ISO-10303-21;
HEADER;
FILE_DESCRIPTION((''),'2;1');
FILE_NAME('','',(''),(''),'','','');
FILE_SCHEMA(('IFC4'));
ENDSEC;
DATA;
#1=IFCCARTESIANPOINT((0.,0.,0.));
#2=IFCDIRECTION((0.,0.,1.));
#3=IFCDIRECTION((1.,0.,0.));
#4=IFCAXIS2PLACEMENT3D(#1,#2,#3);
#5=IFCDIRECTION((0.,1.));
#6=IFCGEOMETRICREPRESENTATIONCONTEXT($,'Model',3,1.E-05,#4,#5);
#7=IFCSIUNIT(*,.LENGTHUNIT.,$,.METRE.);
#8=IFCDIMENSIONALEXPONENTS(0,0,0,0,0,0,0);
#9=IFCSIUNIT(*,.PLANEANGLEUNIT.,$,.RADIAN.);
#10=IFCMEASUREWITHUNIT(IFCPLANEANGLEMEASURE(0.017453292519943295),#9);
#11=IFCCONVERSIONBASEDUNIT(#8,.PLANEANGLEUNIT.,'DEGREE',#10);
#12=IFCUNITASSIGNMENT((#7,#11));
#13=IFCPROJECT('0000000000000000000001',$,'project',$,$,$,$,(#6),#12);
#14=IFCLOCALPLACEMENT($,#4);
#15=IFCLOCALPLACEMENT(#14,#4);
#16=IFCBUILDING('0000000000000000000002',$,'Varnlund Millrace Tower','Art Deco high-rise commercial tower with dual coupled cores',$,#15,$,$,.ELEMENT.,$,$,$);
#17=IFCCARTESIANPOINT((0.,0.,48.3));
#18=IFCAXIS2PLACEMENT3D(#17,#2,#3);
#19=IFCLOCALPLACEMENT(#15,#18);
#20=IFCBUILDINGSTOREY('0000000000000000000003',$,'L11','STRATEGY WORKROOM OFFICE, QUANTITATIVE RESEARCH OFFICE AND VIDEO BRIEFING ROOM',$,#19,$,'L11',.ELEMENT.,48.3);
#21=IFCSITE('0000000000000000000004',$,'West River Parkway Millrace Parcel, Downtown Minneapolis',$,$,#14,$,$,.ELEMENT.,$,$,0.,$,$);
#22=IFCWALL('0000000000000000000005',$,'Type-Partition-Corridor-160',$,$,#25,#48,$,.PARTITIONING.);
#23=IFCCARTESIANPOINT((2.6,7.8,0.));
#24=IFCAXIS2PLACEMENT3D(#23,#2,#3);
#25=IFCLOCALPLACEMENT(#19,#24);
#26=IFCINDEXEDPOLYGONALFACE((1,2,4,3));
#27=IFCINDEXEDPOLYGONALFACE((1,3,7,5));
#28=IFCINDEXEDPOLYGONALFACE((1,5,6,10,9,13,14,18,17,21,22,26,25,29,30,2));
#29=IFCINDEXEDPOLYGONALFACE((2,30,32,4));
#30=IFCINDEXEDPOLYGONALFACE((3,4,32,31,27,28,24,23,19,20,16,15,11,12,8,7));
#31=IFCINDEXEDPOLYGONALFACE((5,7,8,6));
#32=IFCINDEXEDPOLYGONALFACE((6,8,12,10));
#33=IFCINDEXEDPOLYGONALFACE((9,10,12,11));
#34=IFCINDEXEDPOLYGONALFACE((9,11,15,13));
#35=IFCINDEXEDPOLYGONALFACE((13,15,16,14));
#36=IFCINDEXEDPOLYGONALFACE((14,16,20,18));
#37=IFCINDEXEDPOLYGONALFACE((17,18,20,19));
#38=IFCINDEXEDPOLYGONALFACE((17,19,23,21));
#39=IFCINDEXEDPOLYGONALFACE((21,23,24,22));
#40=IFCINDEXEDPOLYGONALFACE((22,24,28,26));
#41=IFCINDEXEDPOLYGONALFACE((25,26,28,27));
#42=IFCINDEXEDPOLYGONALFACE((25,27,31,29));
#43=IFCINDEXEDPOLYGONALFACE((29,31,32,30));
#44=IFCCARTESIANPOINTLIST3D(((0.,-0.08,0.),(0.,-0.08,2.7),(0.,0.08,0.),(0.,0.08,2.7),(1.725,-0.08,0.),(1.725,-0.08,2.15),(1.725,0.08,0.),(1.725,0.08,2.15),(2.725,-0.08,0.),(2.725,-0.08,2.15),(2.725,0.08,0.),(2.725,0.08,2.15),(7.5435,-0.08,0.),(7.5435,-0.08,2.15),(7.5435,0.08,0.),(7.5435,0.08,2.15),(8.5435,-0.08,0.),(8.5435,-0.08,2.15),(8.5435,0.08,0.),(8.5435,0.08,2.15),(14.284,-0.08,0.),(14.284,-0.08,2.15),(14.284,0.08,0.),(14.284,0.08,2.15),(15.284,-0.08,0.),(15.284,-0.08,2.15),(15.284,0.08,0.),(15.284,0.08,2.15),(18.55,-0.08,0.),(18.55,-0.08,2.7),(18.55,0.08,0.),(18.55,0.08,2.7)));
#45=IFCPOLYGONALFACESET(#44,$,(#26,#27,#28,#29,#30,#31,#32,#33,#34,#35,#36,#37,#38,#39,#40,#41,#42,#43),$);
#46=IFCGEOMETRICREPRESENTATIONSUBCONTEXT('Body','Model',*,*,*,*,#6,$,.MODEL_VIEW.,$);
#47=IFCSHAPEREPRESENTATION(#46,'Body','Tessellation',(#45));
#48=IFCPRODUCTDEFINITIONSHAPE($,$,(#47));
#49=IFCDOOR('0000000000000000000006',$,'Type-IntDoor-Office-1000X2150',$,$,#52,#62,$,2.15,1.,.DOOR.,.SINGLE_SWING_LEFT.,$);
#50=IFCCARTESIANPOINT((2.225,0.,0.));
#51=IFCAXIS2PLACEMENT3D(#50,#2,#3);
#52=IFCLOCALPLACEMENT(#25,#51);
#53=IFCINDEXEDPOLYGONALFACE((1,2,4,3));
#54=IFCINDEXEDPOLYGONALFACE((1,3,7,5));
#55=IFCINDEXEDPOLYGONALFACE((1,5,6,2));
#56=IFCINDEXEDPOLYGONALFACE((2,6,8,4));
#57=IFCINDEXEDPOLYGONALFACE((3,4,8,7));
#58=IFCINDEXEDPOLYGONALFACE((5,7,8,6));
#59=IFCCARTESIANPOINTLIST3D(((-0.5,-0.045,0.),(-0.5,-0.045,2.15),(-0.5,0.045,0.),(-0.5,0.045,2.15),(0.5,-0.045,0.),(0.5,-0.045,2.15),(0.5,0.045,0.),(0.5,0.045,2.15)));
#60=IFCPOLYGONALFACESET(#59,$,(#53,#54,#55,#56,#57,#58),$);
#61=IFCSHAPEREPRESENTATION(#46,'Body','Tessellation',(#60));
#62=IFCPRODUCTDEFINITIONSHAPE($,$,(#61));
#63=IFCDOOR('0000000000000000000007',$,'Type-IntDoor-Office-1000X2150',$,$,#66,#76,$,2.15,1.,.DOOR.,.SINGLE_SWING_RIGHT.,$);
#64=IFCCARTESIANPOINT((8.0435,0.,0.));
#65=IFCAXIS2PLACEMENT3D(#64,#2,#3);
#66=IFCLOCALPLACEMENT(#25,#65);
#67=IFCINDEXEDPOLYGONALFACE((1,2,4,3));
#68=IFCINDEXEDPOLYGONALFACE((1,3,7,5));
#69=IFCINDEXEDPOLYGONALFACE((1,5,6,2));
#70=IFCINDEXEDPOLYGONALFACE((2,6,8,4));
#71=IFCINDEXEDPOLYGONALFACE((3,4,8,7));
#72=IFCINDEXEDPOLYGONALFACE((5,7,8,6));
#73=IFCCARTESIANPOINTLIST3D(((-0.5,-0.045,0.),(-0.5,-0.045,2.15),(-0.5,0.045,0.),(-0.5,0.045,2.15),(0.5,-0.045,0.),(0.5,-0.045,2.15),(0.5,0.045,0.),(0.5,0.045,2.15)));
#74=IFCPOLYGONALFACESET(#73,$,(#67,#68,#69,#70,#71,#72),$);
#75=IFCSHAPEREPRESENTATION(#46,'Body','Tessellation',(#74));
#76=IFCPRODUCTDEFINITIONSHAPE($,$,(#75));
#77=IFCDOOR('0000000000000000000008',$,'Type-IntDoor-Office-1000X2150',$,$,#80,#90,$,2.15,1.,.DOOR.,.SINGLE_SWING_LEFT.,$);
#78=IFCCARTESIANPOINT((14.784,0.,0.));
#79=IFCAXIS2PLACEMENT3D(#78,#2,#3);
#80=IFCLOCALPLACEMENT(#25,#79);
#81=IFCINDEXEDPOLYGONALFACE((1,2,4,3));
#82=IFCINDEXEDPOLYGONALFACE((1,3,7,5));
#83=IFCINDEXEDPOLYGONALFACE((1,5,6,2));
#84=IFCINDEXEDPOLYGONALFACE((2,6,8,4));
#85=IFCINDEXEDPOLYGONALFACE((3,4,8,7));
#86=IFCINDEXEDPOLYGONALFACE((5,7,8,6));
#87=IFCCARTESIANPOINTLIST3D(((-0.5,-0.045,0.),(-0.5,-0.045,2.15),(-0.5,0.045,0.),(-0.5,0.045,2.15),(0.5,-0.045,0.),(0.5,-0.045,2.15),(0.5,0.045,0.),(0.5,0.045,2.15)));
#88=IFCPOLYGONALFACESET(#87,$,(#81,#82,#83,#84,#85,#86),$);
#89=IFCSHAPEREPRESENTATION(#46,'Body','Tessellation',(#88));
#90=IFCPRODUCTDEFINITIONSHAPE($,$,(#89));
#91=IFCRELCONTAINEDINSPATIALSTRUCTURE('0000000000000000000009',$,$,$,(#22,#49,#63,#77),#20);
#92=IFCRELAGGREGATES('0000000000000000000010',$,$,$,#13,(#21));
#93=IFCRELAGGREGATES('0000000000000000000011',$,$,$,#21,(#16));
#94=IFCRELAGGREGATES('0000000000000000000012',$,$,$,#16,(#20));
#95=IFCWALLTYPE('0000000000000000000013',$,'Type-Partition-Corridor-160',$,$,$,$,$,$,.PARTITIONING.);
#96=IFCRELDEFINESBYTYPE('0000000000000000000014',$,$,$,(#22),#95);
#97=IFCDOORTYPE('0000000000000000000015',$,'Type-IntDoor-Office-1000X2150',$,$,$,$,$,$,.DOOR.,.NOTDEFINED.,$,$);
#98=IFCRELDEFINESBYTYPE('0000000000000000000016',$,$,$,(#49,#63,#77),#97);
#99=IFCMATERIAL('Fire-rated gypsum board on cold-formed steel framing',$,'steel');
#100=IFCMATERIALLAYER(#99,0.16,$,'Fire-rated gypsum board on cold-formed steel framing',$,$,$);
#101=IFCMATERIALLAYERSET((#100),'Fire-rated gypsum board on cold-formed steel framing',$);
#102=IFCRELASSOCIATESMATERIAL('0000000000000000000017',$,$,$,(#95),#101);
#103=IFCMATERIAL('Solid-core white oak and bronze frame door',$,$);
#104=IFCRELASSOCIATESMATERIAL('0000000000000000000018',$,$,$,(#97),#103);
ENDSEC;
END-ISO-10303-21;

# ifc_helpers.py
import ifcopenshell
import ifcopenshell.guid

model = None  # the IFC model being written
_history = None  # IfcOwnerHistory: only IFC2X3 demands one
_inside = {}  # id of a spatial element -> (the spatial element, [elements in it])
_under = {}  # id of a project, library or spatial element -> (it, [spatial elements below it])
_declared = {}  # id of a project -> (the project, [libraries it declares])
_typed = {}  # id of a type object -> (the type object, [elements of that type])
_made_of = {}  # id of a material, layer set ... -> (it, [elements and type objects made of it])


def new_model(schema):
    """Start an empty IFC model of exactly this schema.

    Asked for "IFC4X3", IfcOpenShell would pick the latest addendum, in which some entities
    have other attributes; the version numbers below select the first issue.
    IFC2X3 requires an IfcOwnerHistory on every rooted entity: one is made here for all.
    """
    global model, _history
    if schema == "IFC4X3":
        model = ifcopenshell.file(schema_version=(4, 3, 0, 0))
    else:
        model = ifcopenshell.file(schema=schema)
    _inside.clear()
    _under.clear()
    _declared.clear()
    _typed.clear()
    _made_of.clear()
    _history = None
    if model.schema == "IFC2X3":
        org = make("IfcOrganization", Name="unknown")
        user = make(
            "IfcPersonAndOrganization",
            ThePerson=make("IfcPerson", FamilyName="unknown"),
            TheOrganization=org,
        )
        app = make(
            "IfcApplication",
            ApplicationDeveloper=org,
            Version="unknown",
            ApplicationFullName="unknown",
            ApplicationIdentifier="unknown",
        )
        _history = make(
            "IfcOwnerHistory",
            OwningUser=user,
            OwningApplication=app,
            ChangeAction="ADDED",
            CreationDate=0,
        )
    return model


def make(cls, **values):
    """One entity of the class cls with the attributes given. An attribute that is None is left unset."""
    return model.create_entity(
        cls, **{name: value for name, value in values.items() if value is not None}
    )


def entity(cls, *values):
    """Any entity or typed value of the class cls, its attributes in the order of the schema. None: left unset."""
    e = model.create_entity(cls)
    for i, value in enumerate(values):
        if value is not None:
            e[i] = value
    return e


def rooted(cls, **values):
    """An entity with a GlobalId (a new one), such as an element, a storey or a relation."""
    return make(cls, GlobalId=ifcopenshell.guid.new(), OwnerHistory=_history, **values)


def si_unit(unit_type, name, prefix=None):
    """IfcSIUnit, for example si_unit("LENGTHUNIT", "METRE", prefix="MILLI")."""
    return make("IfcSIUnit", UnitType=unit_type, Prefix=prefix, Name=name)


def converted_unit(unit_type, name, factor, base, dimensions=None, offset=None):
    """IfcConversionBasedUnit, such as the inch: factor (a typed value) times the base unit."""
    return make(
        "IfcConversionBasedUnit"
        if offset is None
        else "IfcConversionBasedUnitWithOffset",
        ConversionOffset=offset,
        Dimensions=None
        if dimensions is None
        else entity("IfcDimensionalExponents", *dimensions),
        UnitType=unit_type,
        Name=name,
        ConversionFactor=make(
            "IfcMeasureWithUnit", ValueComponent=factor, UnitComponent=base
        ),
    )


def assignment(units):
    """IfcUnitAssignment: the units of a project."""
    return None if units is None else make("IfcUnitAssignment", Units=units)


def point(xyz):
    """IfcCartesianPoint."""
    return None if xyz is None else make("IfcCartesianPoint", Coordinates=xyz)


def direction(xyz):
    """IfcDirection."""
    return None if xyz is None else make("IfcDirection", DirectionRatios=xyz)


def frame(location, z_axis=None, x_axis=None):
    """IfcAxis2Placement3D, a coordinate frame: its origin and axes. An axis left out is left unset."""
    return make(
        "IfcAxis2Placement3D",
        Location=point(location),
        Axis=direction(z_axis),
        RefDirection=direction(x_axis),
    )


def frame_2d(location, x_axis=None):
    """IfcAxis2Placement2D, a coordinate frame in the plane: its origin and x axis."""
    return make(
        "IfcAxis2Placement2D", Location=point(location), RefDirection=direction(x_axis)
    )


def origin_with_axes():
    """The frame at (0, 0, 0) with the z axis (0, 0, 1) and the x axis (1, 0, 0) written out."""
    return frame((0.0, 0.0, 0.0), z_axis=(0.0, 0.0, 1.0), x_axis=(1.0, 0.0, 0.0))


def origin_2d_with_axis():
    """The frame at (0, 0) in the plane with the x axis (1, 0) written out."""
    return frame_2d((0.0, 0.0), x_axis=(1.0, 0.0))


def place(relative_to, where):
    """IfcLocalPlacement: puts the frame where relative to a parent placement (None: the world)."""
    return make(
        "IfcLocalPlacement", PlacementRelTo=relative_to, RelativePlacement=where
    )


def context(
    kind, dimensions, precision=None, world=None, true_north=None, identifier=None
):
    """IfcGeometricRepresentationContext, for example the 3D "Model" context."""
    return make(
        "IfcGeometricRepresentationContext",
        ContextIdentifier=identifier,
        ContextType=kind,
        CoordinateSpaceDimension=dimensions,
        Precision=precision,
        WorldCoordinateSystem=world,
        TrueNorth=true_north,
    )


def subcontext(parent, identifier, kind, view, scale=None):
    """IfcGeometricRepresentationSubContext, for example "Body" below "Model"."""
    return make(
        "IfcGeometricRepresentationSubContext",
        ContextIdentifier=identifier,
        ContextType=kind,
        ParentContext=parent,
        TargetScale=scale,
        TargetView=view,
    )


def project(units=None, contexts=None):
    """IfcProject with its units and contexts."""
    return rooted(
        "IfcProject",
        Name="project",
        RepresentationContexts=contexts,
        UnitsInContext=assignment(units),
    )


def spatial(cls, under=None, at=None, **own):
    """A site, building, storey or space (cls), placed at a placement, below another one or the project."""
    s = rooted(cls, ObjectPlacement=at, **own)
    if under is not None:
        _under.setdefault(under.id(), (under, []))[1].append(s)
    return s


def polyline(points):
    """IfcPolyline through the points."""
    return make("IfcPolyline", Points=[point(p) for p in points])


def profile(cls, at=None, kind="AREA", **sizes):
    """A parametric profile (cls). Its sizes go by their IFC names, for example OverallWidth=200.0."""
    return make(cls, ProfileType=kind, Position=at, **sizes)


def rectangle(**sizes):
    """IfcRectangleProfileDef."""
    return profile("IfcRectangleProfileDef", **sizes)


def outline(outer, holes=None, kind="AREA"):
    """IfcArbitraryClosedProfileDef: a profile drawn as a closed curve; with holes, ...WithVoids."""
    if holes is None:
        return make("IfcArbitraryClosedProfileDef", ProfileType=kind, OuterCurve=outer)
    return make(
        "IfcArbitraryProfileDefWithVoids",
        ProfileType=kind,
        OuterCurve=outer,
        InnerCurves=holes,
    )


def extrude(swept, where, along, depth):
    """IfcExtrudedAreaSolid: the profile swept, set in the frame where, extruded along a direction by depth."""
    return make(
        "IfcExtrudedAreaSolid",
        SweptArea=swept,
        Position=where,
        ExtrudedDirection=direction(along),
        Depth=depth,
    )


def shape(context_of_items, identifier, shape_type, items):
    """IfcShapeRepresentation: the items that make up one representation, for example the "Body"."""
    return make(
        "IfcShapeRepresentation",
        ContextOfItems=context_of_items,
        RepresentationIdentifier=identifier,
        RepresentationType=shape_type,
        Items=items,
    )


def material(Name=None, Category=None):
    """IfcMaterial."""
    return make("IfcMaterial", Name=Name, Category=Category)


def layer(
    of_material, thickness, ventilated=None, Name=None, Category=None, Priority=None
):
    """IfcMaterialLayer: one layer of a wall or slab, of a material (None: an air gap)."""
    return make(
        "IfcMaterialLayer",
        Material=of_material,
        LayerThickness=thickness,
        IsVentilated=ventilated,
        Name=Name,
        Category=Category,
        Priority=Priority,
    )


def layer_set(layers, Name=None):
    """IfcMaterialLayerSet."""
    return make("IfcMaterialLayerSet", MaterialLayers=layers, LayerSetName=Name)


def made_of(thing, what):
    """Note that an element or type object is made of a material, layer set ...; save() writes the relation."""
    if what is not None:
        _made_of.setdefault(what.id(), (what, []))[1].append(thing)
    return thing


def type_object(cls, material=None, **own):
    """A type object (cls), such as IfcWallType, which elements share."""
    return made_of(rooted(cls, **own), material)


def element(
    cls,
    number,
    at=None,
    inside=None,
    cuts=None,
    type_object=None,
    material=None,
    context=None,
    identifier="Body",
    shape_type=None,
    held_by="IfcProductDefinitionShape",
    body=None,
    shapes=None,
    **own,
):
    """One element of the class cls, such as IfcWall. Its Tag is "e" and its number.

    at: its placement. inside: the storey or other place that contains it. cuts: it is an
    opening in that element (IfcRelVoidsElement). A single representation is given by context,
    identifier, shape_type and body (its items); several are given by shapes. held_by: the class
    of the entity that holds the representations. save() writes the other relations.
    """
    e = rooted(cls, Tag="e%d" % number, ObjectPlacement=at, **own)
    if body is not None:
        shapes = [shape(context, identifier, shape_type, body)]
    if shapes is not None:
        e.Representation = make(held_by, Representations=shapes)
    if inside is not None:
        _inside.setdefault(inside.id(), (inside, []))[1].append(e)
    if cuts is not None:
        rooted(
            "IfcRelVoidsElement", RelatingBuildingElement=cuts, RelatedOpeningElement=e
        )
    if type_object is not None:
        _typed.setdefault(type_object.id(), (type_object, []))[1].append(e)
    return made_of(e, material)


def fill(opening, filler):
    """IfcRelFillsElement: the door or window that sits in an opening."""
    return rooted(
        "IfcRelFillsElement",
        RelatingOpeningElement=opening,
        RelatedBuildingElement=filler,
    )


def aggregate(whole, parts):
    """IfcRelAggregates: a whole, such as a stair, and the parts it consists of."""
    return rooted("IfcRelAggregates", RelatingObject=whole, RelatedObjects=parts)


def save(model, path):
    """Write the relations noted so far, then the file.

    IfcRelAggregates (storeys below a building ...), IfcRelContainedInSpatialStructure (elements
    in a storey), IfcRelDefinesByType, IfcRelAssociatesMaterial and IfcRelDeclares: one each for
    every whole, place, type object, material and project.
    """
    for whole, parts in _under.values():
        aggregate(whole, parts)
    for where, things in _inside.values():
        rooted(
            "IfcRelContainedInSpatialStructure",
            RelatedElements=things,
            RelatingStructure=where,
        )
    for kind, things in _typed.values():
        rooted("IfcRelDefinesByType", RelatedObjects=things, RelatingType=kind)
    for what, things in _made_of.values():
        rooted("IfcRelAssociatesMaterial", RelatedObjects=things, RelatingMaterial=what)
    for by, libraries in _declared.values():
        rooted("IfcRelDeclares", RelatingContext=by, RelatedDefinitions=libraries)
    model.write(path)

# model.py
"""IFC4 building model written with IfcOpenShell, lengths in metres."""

from ifc_helpers import new_model, entity, si_unit, converted_unit, direction, frame, origin_with_axes, origin_2d_with_axis, place, context, subcontext, project, spatial, polyline, rectangle, outline, extrude, material, layer, layer_set, type_object, element, fill, save


model = new_model("IFC4")

# Units and contexts
model_context = context("Model", 3, precision=1e-05, world=origin_with_axes(), true_north=direction((0.0, 1.0)))
body_context = subcontext(model_context, "Body", "Model", "MODEL_VIEW")
ifc_project = project(units=[si_unit("LENGTHUNIT", "METRE"), converted_unit("PLANEANGLEUNIT", "DEGREE", entity("IfcPlaneAngleMeasure", 0.017453292519943295), si_unit("PLANEANGLEUNIT", "RADIAN"), dimensions=[0, 0, 0, 0, 0, 0, 0])], contexts=[model_context])

# Site, building, storey
site_placement = place(None, origin_with_axes())
site = spatial("IfcSite", under=ifc_project, at=site_placement, Name="West River Parkway Millrace Parcel, Downtown Minneapolis", CompositionType="ELEMENT", RefElevation=0.0)
building_placement = place(site_placement, origin_with_axes())
building = spatial("IfcBuilding", under=site, at=building_placement, Name="Varnlund Millrace Tower", Description="Art Deco high-rise commercial tower with dual coupled cores", CompositionType="ELEMENT")
storey_placement = place(building_placement, frame((0.0, 0.0, 48.3), z_axis=(0.0, 0.0, 1.0), x_axis=(1.0, 0.0, 0.0)))
storey = spatial("IfcBuildingStorey", under=building, at=storey_placement, Name="L11", Description="STRATEGY WORKROOM OFFICE, QUANTITATIVE RESEARCH OFFICE AND VIDEO BRIEFING ROOM", LongName="L11", CompositionType="ELEMENT", Elevation=48.3)

# Wall, openings, doors
ifc_material_1 = material(Name="Fire-rated gypsum board on cold-formed steel framing", Category="steel")
ifc_layer_1 = layer(ifc_material_1, 0.16, Name="Fire-rated gypsum board on cold-formed steel framing")
ifc_layer_set_1 = layer_set([ifc_layer_1], Name="Fire-rated gypsum board on cold-formed steel framing")
wall_type_1 = type_object("IfcWallType", Name="Type-Partition-Corridor-160", PredefinedType="PARTITIONING", material=ifc_layer_set_1)
wall_1_placement = place(storey_placement, frame((2.6, 7.8, 0.0), z_axis=(0.0, 0.0, 1.0), x_axis=(1.0, 0.0, 0.0)))
wall_1 = element("IfcWall", 1, at=wall_1_placement, inside=storey, type_object=wall_type_1, Name="Type-Partition-Corridor-160", PredefinedType="PARTITIONING", context=body_context, shape_type="SweptSolid", body=[
    extrude(outline(polyline([(0.0, -0.08), (18.55, -0.08), (18.55, 0.08), (0.0, 0.08), (0.0, -0.08)])), origin_with_axes(), (0.0, 0.0, 1.0), 2.7),
])
opening_1_placement = place(wall_1_placement, frame((2.225, 0.0, 0.0), z_axis=(0.0, 0.0, 1.0), x_axis=(1.0, 0.0, 0.0)))
opening_1 = element("IfcOpeningElement", 2, at=opening_1_placement, cuts=wall_1, PredefinedType="OPENING", context=body_context, shape_type="SweptSolid", body=[
    extrude(rectangle(XDim=1.0, YDim=0.18, at=origin_2d_with_axis()), origin_with_axes(), (0.0, 0.0, 1.0), 2.15),
])
opening_2_placement = place(wall_1_placement, frame((8.0435, 0.0, 0.0), z_axis=(0.0, 0.0, 1.0), x_axis=(1.0, 0.0, 0.0)))
opening_2 = element("IfcOpeningElement", 3, at=opening_2_placement, cuts=wall_1, PredefinedType="OPENING", context=body_context, shape_type="SweptSolid", body=[
    extrude(rectangle(XDim=1.0, YDim=0.18, at=origin_2d_with_axis()), origin_with_axes(), (0.0, 0.0, 1.0), 2.15),
])
opening_3_placement = place(wall_1_placement, frame((14.784, 0.0, 0.0), z_axis=(0.0, 0.0, 1.0), x_axis=(1.0, 0.0, 0.0)))
opening_3 = element("IfcOpeningElement", 4, at=opening_3_placement, cuts=wall_1, PredefinedType="OPENING", context=body_context, shape_type="SweptSolid", body=[
    extrude(rectangle(XDim=1.0, YDim=0.18, at=origin_2d_with_axis()), origin_with_axes(), (0.0, 0.0, 1.0), 2.15),
])
ifc_material_2 = material(Name="Solid-core white oak and bronze frame door")
door_type_1 = type_object("IfcDoorType", Name="Type-IntDoor-Office-1000X2150", OperationType="NOTDEFINED", PredefinedType="DOOR", material=ifc_material_2)
door_1_placement = place(wall_1_placement, frame((2.225, 0.0, 0.0), z_axis=(0.0, 0.0, 1.0), x_axis=(1.0, 0.0, 0.0)))
door_1 = element("IfcDoor", 5, at=door_1_placement, inside=storey, type_object=door_type_1, Name="Type-IntDoor-Office-1000X2150", OperationType="SINGLE_SWING_LEFT", OverallHeight=2.15, OverallWidth=1.0, PredefinedType="DOOR", context=body_context, shape_type="SweptSolid", body=[
    extrude(rectangle(XDim=1.0, YDim=0.09, at=origin_2d_with_axis()), origin_with_axes(), (0.0, 0.0, 1.0), 2.15),
])
fill(opening_1, door_1)
door_2_placement = place(wall_1_placement, frame((8.0435, 0.0, 0.0), z_axis=(0.0, 0.0, 1.0), x_axis=(1.0, 0.0, 0.0)))
door_2 = element("IfcDoor", 6, at=door_2_placement, inside=storey, type_object=door_type_1, Name="Type-IntDoor-Office-1000X2150", OperationType="SINGLE_SWING_RIGHT", OverallHeight=2.15, OverallWidth=1.0, PredefinedType="DOOR", context=body_context, shape_type="SweptSolid", body=[
    extrude(rectangle(XDim=1.0, YDim=0.09, at=origin_2d_with_axis()), origin_with_axes(), (0.0, 0.0, 1.0), 2.15),
])
fill(opening_2, door_2)
door_3_placement = place(wall_1_placement, frame((14.784, 0.0, 0.0), z_axis=(0.0, 0.0, 1.0), x_axis=(1.0, 0.0, 0.0)))
door_3 = element("IfcDoor", 7, at=door_3_placement, inside=storey, type_object=door_type_1, Name="Type-IntDoor-Office-1000X2150", OperationType="SINGLE_SWING_LEFT", OverallHeight=2.15, OverallWidth=1.0, PredefinedType="DOOR", context=body_context, shape_type="SweptSolid", body=[
    extrude(rectangle(XDim=1.0, YDim=0.09, at=origin_2d_with_axis()), origin_with_axes(), (0.0, 0.0, 1.0), 2.15),
])
fill(opening_3, door_3)

save(model, "model.ifc")
